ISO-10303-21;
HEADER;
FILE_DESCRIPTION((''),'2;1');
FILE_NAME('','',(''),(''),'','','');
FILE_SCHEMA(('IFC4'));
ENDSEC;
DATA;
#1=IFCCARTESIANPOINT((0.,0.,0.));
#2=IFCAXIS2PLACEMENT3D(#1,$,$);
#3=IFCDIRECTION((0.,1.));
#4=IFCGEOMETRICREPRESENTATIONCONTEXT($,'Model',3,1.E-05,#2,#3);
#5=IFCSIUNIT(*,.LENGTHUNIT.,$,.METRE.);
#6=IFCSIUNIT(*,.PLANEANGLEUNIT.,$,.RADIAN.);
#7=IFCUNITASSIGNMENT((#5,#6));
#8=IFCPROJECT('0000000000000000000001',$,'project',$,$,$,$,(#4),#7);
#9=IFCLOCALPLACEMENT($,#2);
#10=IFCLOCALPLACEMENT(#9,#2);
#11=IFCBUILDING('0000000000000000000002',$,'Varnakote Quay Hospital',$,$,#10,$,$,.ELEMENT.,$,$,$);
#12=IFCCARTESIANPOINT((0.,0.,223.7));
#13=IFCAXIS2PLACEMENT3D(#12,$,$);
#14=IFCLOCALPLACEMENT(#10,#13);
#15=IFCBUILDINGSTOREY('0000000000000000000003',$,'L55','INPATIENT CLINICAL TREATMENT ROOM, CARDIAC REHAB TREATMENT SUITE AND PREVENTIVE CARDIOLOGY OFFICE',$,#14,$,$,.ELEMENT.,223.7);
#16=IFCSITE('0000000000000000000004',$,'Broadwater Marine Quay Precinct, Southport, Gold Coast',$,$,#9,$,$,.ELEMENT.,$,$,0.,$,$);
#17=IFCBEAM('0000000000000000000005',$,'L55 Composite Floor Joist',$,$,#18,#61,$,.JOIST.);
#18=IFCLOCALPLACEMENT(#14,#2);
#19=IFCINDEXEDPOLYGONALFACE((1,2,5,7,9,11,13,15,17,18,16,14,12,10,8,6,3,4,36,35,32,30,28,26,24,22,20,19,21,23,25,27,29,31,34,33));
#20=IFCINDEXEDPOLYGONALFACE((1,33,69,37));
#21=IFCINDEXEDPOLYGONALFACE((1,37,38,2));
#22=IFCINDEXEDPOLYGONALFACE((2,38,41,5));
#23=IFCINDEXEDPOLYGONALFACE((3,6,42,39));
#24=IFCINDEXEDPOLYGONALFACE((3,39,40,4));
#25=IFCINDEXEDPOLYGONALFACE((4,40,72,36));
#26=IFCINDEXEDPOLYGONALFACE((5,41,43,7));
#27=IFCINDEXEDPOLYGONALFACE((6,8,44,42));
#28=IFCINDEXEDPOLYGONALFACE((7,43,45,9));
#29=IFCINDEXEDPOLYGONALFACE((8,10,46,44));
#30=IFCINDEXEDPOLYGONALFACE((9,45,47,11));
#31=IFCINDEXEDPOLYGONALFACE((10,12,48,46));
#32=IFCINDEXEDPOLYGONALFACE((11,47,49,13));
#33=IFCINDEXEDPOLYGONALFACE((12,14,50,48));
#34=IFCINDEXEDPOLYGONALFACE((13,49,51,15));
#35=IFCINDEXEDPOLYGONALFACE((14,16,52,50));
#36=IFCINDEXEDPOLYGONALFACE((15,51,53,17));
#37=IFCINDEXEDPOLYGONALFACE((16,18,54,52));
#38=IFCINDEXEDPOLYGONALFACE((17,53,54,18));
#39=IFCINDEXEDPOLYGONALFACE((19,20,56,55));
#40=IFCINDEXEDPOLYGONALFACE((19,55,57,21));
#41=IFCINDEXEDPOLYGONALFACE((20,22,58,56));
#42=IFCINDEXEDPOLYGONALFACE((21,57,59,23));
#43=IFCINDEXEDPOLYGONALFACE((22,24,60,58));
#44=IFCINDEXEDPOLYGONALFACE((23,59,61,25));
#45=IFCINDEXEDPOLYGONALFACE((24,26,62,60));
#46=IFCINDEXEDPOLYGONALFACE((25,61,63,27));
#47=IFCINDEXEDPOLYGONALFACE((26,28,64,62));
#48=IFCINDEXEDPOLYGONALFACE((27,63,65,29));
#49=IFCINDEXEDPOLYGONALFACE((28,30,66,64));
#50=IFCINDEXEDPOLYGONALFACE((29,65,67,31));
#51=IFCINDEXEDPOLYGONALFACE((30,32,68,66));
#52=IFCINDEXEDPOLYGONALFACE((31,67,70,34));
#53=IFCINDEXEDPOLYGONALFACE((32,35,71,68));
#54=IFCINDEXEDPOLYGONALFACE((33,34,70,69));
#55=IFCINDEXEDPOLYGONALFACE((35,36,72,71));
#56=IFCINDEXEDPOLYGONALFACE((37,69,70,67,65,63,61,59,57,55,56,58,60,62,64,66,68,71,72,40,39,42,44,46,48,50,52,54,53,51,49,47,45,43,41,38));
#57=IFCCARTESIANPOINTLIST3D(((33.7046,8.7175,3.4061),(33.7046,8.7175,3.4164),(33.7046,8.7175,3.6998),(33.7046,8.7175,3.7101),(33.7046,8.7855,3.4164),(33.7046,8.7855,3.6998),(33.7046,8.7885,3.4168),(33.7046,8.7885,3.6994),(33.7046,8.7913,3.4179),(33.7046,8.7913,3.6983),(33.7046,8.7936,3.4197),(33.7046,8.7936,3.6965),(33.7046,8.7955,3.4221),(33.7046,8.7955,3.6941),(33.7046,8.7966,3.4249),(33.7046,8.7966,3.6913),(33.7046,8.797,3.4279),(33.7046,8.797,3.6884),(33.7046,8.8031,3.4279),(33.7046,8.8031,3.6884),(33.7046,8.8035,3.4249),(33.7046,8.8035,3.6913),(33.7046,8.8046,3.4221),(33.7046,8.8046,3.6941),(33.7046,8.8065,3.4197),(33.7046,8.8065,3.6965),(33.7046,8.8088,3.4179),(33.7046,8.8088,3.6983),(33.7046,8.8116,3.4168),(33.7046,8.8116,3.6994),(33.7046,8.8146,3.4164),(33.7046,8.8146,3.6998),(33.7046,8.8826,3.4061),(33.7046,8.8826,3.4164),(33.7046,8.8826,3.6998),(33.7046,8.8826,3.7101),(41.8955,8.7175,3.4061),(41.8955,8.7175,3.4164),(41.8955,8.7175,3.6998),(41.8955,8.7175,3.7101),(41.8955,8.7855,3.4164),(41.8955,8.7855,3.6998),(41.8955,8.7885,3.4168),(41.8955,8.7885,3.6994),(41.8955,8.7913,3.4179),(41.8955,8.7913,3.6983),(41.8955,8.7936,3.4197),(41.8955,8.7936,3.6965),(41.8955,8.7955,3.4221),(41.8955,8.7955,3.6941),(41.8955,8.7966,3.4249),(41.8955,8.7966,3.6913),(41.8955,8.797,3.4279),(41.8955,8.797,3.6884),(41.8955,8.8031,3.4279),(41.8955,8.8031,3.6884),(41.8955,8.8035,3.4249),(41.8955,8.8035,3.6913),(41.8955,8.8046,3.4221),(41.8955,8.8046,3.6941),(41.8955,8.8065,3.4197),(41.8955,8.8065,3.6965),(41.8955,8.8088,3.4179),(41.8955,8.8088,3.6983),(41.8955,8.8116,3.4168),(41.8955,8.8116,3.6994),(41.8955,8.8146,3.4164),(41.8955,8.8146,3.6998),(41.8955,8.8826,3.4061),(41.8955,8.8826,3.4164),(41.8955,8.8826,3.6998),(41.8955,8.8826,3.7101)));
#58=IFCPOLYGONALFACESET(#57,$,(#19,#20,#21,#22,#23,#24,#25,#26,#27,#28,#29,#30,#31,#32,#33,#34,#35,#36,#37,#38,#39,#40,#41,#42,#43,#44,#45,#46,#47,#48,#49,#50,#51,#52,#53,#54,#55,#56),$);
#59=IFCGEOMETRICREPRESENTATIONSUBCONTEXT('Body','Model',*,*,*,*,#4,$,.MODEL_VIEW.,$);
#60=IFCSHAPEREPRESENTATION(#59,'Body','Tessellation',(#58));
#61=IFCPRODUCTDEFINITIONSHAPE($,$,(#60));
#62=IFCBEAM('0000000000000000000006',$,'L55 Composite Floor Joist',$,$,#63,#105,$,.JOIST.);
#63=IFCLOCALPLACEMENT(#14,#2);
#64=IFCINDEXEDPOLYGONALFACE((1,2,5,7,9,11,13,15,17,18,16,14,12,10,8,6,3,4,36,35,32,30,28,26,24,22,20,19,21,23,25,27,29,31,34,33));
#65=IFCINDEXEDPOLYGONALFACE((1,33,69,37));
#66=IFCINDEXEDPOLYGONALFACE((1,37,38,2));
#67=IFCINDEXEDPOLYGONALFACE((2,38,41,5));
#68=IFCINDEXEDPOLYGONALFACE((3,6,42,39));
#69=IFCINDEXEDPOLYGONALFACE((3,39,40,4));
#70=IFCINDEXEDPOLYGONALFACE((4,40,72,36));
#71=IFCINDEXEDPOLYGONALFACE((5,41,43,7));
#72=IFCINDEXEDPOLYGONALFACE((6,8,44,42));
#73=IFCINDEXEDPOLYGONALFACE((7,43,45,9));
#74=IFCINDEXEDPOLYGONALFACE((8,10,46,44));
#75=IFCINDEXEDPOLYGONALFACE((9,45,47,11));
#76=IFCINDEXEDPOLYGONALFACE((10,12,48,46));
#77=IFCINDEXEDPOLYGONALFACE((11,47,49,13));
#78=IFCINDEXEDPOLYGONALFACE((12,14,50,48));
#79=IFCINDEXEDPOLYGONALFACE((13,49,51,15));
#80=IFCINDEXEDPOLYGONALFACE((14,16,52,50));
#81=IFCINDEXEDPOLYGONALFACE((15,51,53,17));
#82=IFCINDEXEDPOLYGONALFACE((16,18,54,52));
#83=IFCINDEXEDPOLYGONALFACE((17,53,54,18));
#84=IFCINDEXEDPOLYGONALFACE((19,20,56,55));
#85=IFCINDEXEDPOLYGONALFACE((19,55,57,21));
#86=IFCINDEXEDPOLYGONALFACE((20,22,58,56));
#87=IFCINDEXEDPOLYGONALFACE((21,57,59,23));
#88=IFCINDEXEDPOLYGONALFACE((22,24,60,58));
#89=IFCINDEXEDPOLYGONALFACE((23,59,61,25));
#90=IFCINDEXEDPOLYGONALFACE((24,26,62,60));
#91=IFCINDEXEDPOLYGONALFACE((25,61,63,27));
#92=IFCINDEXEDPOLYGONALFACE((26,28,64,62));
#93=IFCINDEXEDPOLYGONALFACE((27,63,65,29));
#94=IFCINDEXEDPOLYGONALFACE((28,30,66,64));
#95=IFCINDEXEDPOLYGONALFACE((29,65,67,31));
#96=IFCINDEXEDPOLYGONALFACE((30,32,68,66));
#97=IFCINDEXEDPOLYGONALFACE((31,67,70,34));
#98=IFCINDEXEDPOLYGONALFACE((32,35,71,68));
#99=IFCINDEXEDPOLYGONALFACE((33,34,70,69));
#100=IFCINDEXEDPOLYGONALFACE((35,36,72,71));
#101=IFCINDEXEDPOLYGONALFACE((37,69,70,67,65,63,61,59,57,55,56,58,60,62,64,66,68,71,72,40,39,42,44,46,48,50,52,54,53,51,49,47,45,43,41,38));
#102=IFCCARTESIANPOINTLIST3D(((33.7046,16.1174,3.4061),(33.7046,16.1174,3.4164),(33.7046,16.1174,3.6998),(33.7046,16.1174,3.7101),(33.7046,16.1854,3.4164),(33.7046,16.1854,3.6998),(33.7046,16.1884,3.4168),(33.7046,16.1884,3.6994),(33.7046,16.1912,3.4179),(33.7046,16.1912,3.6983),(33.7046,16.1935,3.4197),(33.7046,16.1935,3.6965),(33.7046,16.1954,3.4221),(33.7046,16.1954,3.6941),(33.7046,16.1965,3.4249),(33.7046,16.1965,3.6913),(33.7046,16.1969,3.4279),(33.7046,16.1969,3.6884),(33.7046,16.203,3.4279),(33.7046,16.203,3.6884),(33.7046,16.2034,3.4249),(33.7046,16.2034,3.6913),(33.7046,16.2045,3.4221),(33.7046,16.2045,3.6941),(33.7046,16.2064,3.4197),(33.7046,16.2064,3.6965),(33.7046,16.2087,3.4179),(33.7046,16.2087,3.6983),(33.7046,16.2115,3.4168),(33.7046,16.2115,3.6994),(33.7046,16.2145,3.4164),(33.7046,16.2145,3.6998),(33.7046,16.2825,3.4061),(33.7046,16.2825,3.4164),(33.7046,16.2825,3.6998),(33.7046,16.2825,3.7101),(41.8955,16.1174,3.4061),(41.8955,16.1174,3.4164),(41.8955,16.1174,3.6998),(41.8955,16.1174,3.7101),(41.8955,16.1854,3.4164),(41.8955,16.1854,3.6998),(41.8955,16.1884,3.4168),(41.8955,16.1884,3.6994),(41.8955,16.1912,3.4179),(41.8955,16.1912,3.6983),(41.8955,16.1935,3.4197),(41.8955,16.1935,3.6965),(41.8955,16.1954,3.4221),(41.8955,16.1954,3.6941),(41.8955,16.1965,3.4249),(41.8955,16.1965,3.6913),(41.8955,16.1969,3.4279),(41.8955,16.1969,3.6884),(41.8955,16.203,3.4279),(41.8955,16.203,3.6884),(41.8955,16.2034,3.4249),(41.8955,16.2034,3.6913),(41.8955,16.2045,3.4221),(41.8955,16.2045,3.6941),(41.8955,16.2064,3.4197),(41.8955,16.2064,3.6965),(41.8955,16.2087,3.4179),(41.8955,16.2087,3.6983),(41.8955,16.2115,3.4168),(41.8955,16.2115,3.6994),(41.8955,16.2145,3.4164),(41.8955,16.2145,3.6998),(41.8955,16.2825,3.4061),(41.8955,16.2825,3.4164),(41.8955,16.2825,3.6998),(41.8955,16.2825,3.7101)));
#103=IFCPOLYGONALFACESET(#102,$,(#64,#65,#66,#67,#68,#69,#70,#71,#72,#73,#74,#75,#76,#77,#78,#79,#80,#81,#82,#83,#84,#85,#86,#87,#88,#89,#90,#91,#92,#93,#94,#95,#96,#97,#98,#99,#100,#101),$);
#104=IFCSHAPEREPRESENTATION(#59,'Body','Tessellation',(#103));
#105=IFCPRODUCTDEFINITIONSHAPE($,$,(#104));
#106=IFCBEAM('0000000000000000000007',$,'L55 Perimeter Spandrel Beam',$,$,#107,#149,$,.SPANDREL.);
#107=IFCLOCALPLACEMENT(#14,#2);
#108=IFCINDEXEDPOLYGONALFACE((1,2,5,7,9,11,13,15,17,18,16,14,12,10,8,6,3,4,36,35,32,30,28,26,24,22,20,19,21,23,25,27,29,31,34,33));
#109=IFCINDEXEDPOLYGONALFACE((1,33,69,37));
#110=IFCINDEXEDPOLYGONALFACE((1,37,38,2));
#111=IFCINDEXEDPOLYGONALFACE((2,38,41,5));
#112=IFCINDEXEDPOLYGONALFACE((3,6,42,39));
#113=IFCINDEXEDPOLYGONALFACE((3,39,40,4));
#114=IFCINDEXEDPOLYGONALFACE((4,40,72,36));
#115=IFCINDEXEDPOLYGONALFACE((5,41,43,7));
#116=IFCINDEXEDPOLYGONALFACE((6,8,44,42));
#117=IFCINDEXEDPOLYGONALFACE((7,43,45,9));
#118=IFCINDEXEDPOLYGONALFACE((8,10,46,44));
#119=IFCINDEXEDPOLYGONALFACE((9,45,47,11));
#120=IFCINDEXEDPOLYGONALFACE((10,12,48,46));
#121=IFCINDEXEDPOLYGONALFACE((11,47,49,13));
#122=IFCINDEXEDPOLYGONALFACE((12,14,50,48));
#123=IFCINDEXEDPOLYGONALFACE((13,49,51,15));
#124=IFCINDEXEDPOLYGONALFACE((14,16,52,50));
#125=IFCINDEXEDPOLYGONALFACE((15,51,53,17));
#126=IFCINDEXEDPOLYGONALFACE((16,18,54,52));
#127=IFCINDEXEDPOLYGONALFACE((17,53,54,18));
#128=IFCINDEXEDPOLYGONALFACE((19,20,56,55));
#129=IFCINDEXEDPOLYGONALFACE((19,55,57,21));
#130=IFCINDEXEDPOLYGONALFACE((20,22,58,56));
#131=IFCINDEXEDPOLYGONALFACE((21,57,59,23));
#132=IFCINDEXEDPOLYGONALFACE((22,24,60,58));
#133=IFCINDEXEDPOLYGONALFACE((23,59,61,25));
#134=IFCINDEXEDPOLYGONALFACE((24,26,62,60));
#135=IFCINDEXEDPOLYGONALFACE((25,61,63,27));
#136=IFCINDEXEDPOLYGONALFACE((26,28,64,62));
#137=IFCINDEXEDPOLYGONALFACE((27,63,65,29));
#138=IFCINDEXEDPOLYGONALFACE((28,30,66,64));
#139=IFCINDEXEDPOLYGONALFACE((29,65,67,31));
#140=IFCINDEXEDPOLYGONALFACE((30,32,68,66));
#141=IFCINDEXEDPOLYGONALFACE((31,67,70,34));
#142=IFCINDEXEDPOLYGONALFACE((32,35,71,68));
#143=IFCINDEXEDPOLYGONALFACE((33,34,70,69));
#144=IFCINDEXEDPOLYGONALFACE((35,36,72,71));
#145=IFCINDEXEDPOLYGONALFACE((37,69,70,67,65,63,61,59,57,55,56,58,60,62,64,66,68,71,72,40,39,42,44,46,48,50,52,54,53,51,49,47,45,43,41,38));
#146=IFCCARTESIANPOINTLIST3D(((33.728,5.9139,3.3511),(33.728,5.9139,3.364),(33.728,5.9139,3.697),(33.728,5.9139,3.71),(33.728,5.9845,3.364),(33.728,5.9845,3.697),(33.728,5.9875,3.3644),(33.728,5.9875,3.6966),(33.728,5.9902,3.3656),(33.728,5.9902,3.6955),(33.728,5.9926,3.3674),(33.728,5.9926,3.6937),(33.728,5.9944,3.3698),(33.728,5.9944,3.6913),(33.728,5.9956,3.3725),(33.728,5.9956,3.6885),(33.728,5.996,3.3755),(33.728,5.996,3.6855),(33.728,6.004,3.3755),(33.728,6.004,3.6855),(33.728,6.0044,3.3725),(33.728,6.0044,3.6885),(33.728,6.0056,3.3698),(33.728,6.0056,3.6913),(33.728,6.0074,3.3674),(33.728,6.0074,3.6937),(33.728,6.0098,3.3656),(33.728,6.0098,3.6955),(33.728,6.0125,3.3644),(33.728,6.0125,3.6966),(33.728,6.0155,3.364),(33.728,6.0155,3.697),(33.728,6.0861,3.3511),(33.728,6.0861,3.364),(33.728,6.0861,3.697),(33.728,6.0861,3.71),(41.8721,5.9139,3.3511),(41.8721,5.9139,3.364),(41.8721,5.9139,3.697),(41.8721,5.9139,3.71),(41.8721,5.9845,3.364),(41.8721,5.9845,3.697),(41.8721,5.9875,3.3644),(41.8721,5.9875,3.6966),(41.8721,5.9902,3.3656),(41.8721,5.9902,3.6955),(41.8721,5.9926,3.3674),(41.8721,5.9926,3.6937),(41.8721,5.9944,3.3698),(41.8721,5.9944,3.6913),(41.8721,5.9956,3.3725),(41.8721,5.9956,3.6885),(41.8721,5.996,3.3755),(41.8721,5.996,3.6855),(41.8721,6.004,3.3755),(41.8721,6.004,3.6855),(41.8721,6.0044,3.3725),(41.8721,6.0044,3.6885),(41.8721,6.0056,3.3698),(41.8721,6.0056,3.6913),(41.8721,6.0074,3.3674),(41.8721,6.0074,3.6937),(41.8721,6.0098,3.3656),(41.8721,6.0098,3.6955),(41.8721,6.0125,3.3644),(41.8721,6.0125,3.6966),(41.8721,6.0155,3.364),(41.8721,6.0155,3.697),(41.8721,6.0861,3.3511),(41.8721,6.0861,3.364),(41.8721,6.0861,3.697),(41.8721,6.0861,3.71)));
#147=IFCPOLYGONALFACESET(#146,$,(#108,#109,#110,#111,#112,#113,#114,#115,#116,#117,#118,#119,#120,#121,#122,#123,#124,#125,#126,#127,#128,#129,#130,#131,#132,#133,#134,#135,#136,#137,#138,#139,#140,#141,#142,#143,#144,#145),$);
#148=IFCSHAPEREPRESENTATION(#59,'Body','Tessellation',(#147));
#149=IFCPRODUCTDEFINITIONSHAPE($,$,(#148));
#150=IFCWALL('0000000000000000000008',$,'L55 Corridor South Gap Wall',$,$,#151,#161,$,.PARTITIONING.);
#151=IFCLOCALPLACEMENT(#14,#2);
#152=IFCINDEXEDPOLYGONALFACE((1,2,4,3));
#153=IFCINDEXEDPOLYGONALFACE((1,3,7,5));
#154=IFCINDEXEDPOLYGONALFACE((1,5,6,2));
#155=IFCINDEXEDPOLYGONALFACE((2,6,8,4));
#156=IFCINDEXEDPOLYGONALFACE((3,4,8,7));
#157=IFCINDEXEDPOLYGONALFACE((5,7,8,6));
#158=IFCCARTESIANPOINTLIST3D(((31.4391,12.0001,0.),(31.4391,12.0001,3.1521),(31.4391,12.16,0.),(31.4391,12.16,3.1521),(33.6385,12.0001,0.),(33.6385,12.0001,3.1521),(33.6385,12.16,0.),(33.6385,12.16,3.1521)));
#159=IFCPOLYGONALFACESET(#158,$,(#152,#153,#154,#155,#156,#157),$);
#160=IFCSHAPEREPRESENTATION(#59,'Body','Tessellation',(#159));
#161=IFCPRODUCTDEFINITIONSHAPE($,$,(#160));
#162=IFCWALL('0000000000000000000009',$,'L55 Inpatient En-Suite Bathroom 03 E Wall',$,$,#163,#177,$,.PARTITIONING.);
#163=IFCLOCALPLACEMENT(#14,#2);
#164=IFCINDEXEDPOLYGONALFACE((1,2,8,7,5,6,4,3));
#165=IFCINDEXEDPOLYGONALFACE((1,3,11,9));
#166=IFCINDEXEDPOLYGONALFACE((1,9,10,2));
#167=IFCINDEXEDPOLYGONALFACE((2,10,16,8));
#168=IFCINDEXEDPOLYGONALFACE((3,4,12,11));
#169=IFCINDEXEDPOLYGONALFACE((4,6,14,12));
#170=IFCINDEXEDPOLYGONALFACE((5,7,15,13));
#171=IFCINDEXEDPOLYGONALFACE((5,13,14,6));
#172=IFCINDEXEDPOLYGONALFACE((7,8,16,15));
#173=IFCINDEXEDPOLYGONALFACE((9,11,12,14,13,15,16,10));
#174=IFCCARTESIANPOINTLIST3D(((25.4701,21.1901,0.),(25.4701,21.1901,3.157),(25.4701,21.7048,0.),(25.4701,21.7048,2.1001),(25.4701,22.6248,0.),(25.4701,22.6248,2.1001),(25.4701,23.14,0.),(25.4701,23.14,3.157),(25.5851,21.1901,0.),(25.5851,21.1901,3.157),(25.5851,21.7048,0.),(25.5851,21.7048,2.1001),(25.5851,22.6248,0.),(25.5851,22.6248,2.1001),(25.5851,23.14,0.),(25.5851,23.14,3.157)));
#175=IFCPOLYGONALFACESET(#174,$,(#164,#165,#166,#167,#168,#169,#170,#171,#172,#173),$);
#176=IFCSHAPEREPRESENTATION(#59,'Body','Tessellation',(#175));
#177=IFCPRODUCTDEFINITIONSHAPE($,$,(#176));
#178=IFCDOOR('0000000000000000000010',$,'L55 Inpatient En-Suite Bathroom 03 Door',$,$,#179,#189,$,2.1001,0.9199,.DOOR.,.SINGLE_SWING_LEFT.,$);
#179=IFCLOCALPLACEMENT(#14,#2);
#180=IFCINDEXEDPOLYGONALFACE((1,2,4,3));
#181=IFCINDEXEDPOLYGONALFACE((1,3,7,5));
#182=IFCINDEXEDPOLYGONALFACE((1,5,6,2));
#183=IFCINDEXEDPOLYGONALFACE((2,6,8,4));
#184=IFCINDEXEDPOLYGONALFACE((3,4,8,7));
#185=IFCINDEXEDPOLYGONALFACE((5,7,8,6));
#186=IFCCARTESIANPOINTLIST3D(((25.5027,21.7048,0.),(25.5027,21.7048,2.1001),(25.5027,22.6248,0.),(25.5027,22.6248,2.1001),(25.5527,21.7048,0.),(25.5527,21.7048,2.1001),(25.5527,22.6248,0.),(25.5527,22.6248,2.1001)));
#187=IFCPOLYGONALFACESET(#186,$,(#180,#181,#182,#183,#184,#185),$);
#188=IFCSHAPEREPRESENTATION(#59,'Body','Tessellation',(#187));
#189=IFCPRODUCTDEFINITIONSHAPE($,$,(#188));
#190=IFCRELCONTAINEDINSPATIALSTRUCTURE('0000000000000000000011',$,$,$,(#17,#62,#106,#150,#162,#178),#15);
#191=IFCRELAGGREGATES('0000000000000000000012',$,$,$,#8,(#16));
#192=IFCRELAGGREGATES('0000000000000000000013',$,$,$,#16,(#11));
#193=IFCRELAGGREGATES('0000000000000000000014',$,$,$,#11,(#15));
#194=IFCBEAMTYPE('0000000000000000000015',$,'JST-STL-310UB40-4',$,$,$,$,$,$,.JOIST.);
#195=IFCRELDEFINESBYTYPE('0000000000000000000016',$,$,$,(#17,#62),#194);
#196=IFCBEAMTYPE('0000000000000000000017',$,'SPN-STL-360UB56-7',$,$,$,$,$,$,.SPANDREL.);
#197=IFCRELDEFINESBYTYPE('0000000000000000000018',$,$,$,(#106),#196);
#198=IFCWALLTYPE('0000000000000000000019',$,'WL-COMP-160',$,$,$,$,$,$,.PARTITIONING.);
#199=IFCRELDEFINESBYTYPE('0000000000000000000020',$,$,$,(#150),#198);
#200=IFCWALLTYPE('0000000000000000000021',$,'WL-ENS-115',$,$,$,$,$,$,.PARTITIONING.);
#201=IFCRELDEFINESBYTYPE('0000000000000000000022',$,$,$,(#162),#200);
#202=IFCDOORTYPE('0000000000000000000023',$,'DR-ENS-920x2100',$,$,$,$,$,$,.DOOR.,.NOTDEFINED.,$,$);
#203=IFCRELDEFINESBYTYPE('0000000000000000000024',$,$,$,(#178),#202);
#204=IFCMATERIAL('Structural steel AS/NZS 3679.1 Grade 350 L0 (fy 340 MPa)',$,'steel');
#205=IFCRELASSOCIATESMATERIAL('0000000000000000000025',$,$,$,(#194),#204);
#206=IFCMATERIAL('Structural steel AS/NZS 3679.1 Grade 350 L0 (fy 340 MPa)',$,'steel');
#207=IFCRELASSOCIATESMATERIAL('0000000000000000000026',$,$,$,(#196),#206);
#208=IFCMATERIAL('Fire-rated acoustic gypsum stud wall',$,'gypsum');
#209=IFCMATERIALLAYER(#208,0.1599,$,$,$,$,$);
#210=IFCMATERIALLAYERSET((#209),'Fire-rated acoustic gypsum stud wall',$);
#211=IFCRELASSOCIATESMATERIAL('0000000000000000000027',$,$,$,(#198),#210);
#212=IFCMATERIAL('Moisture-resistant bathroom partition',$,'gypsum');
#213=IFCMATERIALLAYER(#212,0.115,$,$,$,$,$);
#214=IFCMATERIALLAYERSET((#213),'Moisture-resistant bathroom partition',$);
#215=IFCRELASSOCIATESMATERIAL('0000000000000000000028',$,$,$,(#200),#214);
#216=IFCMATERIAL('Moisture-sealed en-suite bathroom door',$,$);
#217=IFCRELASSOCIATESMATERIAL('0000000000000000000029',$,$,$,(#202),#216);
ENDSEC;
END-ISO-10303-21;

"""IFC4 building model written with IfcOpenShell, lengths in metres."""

from ifc_helpers import new_model, si_unit, direction, frame, frame_2d, origin, origin_2d, place, context, subcontext, project, spatial, rectangle, i_section, extrude, material, layer, layer_set, material_profile, profile_set, type_object, element, fill, save


model = new_model("IFC4")

# Units and contexts
model_context = context("Model", 3, precision=1e-05, world=origin(), true_north=direction((0.0, 1.0)))
body_context = subcontext(model_context, "Body", "Model", "MODEL_VIEW")
ifc_project = project(units=[si_unit("LENGTHUNIT", "METRE"), si_unit("PLANEANGLEUNIT", "RADIAN")], contexts=[model_context])

# Site, building, storey
site_placement = place(None, origin())
site = spatial("IfcSite", under=ifc_project, at=site_placement, Name="Broadwater Marine Quay Precinct, Southport, Gold Coast", CompositionType="ELEMENT", RefElevation=0.0)
building_placement = place(site_placement, origin())
building = spatial("IfcBuilding", under=site, at=building_placement, Name="Varnakote Quay Hospital", CompositionType="ELEMENT")
storey_placement = place(building_placement, frame((0.0, 0.0, 223.7)))
storey = spatial("IfcBuildingStorey", under=building, at=storey_placement, Name="L55", Description="INPATIENT CLINICAL TREATMENT ROOM, CARDIAC REHAB TREATMENT SUITE AND PREVENTIVE CARDIOLOGY OFFICE", CompositionType="ELEMENT", Elevation=223.7)

# Beams
ifc_material_1 = material(Name="Structural steel AS/NZS 3679.1 Grade 350 L0 (fy 340 MPa)", Category="steel")
ifc_material_profile_1 = material_profile(ifc_material_1, i_section(OverallWidth=0.165, OverallDepth=0.304, WebThickness=0.0061, FlangeThickness=0.0103, FilletRadius=0.0115, at=origin_2d()), Name="310UB40.4")
ifc_profile_set_1 = profile_set([ifc_material_profile_1], Name="Structural steel AS/NZS 3679.1 Grade 350 L0 (fy 340 MPa)")
beam_type_1 = type_object("IfcBeamType", Name="JST-STL-310UB40-4", PredefinedType="JOIST", material=ifc_profile_set_1)
for number, where, z_axis, x_axis, name in (
    (1, (33.7046, 8.8, 3.5581), (1.0, 0.0, 0.0), (0.0, 1.0, 0.0), "L55 Composite Floor Joist"),
    (2, (33.7046, 16.2, 3.5581), (1.0, 0.0, 0.0), (0.0, 1.0, 0.0), "L55 Composite Floor Joist"),
):
    element("IfcBeam", number, at=place(storey_placement, frame(where, z_axis=z_axis, x_axis=x_axis)), inside=storey, type_object=beam_type_1, Name=name, PredefinedType="JOIST", context=body_context, shape_type="SweptSolid", body=[
        extrude(i_section(OverallWidth=0.165, OverallDepth=0.304, WebThickness=0.0061, FlangeThickness=0.0103, FilletRadius=0.0115, at=origin_2d()), origin(), (0.0, 0.0, 1.0), 8.1909),
    ])
ifc_material_2 = material(Name="Structural steel AS/NZS 3679.1 Grade 350 L0 (fy 340 MPa)", Category="steel")
ifc_material_profile_2 = material_profile(ifc_material_2, i_section(OverallWidth=0.1721, OverallDepth=0.3589, WebThickness=0.0081, FlangeThickness=0.0129, FilletRadius=0.0115, at=origin_2d()), Name="360UB56.7")
ifc_profile_set_2 = profile_set([ifc_material_profile_2], Name="Structural steel AS/NZS 3679.1 Grade 350 L0 (fy 340 MPa)")
beam_type_2 = type_object("IfcBeamType", Name="SPN-STL-360UB56-7", PredefinedType="SPANDREL", material=ifc_profile_set_2)
beam_1_placement = place(storey_placement, frame((33.728, 6.0, 3.5305), z_axis=(1.0, 0.0, 0.0), x_axis=(0.0, 1.0, 0.0)))
element("IfcBeam", 3, at=beam_1_placement, inside=storey, type_object=beam_type_2, Name="L55 Perimeter Spandrel Beam", PredefinedType="SPANDREL", context=body_context, shape_type="SweptSolid", body=[
    extrude(i_section(OverallWidth=0.1721, OverallDepth=0.3589, WebThickness=0.0081, FlangeThickness=0.0129, FilletRadius=0.0115, at=origin_2d()), origin(), (0.0, 0.0, 1.0), 8.144),
])

# Wall
ifc_material_3 = material(Name="Fire-rated acoustic gypsum stud wall", Category="gypsum")
ifc_layer_1 = layer(ifc_material_3, 0.1599)
ifc_layer_set_1 = layer_set([ifc_layer_1], Name="Fire-rated acoustic gypsum stud wall")
wall_type_1 = type_object("IfcWallType", Name="WL-COMP-160", PredefinedType="PARTITIONING", material=ifc_layer_set_1)
wall_1_placement = place(storey_placement, frame((31.4392, 12.0801, 0.0), z_axis=(0.0, 0.0, 1.0), x_axis=(1.0, 0.0, 0.0)))
element("IfcWall", 4, at=wall_1_placement, inside=storey, type_object=wall_type_1, Name="L55 Corridor South Gap Wall", PredefinedType="PARTITIONING", context=body_context, shape_type="SweptSolid", body=[
    extrude(rectangle(XDim=2.1995, YDim=0.1599, at=frame_2d((1.0996, 0.0))), origin(), (0.0, 0.0, 1.0), 3.1521),
])

# Wall, opening, door
ifc_material_4 = material(Name="Moisture-resistant bathroom partition", Category="gypsum")
ifc_layer_2 = layer(ifc_material_4, 0.115)
ifc_layer_set_2 = layer_set([ifc_layer_2], Name="Moisture-resistant bathroom partition")
wall_type_2 = type_object("IfcWallType", Name="WL-ENS-115", PredefinedType="PARTITIONING", material=ifc_layer_set_2)
wall_2_placement = place(storey_placement, frame((25.5276, 21.1899, 0.0), z_axis=(0.0, 0.0, 1.0), x_axis=(0.0, 1.0, 0.0)))
wall_2 = element("IfcWall", 5, at=wall_2_placement, inside=storey, type_object=wall_type_2, Name="L55 Inpatient En-Suite Bathroom 03 E Wall", PredefinedType="PARTITIONING", context=body_context, shape_type="SweptSolid", body=[
    extrude(rectangle(XDim=1.95, YDim=0.115, at=frame_2d((0.9751, 0.0))), origin(), (0.0, 0.0, 1.0), 3.157),
])
opening_1_placement = place(wall_2_placement, frame((0.5149, 0.0, 0.0)))
opening_1 = element("IfcOpeningElement", 6, at=opening_1_placement, cuts=wall_2, PredefinedType="OPENING", context=body_context, shape_type="SweptSolid", body=[
    extrude(rectangle(XDim=0.9199, YDim=2.1001, at=frame_2d((0.46, 1.05))), frame((0.0, 0.0674, 0.0), z_axis=(0.0, -1.0, 0.0), x_axis=(1.0, 0.0, 0.0)), (0.0, 0.0, 1.0), 0.135),
])
ifc_material_5 = material(Name="Moisture-sealed en-suite bathroom door")
door_type_1 = type_object("IfcDoorType", Name="DR-ENS-920x2100", OperationType="NOTDEFINED", PredefinedType="DOOR", material=ifc_material_5)
door_1_placement = place(opening_1_placement, origin())
door_1 = element("IfcDoor", 7, at=door_1_placement, inside=storey, type_object=door_type_1, Name="L55 Inpatient En-Suite Bathroom 03 Door", OperationType="SINGLE_SWING_LEFT", OverallHeight=2.1001, OverallWidth=0.9199, PredefinedType="DOOR", context=body_context, shape_type="SweptSolid", body=[
    extrude(rectangle(XDim=0.9199, YDim=2.1001, at=frame_2d((0.46, 1.05))), frame((0.0, 0.0249, 0.0), z_axis=(0.0, -1.0, 0.0), x_axis=(1.0, 0.0, 0.0)), (0.0, 0.0, 1.0), 0.05),
])
fill(opening_1, door_1)

save(model, "model.ifc")
